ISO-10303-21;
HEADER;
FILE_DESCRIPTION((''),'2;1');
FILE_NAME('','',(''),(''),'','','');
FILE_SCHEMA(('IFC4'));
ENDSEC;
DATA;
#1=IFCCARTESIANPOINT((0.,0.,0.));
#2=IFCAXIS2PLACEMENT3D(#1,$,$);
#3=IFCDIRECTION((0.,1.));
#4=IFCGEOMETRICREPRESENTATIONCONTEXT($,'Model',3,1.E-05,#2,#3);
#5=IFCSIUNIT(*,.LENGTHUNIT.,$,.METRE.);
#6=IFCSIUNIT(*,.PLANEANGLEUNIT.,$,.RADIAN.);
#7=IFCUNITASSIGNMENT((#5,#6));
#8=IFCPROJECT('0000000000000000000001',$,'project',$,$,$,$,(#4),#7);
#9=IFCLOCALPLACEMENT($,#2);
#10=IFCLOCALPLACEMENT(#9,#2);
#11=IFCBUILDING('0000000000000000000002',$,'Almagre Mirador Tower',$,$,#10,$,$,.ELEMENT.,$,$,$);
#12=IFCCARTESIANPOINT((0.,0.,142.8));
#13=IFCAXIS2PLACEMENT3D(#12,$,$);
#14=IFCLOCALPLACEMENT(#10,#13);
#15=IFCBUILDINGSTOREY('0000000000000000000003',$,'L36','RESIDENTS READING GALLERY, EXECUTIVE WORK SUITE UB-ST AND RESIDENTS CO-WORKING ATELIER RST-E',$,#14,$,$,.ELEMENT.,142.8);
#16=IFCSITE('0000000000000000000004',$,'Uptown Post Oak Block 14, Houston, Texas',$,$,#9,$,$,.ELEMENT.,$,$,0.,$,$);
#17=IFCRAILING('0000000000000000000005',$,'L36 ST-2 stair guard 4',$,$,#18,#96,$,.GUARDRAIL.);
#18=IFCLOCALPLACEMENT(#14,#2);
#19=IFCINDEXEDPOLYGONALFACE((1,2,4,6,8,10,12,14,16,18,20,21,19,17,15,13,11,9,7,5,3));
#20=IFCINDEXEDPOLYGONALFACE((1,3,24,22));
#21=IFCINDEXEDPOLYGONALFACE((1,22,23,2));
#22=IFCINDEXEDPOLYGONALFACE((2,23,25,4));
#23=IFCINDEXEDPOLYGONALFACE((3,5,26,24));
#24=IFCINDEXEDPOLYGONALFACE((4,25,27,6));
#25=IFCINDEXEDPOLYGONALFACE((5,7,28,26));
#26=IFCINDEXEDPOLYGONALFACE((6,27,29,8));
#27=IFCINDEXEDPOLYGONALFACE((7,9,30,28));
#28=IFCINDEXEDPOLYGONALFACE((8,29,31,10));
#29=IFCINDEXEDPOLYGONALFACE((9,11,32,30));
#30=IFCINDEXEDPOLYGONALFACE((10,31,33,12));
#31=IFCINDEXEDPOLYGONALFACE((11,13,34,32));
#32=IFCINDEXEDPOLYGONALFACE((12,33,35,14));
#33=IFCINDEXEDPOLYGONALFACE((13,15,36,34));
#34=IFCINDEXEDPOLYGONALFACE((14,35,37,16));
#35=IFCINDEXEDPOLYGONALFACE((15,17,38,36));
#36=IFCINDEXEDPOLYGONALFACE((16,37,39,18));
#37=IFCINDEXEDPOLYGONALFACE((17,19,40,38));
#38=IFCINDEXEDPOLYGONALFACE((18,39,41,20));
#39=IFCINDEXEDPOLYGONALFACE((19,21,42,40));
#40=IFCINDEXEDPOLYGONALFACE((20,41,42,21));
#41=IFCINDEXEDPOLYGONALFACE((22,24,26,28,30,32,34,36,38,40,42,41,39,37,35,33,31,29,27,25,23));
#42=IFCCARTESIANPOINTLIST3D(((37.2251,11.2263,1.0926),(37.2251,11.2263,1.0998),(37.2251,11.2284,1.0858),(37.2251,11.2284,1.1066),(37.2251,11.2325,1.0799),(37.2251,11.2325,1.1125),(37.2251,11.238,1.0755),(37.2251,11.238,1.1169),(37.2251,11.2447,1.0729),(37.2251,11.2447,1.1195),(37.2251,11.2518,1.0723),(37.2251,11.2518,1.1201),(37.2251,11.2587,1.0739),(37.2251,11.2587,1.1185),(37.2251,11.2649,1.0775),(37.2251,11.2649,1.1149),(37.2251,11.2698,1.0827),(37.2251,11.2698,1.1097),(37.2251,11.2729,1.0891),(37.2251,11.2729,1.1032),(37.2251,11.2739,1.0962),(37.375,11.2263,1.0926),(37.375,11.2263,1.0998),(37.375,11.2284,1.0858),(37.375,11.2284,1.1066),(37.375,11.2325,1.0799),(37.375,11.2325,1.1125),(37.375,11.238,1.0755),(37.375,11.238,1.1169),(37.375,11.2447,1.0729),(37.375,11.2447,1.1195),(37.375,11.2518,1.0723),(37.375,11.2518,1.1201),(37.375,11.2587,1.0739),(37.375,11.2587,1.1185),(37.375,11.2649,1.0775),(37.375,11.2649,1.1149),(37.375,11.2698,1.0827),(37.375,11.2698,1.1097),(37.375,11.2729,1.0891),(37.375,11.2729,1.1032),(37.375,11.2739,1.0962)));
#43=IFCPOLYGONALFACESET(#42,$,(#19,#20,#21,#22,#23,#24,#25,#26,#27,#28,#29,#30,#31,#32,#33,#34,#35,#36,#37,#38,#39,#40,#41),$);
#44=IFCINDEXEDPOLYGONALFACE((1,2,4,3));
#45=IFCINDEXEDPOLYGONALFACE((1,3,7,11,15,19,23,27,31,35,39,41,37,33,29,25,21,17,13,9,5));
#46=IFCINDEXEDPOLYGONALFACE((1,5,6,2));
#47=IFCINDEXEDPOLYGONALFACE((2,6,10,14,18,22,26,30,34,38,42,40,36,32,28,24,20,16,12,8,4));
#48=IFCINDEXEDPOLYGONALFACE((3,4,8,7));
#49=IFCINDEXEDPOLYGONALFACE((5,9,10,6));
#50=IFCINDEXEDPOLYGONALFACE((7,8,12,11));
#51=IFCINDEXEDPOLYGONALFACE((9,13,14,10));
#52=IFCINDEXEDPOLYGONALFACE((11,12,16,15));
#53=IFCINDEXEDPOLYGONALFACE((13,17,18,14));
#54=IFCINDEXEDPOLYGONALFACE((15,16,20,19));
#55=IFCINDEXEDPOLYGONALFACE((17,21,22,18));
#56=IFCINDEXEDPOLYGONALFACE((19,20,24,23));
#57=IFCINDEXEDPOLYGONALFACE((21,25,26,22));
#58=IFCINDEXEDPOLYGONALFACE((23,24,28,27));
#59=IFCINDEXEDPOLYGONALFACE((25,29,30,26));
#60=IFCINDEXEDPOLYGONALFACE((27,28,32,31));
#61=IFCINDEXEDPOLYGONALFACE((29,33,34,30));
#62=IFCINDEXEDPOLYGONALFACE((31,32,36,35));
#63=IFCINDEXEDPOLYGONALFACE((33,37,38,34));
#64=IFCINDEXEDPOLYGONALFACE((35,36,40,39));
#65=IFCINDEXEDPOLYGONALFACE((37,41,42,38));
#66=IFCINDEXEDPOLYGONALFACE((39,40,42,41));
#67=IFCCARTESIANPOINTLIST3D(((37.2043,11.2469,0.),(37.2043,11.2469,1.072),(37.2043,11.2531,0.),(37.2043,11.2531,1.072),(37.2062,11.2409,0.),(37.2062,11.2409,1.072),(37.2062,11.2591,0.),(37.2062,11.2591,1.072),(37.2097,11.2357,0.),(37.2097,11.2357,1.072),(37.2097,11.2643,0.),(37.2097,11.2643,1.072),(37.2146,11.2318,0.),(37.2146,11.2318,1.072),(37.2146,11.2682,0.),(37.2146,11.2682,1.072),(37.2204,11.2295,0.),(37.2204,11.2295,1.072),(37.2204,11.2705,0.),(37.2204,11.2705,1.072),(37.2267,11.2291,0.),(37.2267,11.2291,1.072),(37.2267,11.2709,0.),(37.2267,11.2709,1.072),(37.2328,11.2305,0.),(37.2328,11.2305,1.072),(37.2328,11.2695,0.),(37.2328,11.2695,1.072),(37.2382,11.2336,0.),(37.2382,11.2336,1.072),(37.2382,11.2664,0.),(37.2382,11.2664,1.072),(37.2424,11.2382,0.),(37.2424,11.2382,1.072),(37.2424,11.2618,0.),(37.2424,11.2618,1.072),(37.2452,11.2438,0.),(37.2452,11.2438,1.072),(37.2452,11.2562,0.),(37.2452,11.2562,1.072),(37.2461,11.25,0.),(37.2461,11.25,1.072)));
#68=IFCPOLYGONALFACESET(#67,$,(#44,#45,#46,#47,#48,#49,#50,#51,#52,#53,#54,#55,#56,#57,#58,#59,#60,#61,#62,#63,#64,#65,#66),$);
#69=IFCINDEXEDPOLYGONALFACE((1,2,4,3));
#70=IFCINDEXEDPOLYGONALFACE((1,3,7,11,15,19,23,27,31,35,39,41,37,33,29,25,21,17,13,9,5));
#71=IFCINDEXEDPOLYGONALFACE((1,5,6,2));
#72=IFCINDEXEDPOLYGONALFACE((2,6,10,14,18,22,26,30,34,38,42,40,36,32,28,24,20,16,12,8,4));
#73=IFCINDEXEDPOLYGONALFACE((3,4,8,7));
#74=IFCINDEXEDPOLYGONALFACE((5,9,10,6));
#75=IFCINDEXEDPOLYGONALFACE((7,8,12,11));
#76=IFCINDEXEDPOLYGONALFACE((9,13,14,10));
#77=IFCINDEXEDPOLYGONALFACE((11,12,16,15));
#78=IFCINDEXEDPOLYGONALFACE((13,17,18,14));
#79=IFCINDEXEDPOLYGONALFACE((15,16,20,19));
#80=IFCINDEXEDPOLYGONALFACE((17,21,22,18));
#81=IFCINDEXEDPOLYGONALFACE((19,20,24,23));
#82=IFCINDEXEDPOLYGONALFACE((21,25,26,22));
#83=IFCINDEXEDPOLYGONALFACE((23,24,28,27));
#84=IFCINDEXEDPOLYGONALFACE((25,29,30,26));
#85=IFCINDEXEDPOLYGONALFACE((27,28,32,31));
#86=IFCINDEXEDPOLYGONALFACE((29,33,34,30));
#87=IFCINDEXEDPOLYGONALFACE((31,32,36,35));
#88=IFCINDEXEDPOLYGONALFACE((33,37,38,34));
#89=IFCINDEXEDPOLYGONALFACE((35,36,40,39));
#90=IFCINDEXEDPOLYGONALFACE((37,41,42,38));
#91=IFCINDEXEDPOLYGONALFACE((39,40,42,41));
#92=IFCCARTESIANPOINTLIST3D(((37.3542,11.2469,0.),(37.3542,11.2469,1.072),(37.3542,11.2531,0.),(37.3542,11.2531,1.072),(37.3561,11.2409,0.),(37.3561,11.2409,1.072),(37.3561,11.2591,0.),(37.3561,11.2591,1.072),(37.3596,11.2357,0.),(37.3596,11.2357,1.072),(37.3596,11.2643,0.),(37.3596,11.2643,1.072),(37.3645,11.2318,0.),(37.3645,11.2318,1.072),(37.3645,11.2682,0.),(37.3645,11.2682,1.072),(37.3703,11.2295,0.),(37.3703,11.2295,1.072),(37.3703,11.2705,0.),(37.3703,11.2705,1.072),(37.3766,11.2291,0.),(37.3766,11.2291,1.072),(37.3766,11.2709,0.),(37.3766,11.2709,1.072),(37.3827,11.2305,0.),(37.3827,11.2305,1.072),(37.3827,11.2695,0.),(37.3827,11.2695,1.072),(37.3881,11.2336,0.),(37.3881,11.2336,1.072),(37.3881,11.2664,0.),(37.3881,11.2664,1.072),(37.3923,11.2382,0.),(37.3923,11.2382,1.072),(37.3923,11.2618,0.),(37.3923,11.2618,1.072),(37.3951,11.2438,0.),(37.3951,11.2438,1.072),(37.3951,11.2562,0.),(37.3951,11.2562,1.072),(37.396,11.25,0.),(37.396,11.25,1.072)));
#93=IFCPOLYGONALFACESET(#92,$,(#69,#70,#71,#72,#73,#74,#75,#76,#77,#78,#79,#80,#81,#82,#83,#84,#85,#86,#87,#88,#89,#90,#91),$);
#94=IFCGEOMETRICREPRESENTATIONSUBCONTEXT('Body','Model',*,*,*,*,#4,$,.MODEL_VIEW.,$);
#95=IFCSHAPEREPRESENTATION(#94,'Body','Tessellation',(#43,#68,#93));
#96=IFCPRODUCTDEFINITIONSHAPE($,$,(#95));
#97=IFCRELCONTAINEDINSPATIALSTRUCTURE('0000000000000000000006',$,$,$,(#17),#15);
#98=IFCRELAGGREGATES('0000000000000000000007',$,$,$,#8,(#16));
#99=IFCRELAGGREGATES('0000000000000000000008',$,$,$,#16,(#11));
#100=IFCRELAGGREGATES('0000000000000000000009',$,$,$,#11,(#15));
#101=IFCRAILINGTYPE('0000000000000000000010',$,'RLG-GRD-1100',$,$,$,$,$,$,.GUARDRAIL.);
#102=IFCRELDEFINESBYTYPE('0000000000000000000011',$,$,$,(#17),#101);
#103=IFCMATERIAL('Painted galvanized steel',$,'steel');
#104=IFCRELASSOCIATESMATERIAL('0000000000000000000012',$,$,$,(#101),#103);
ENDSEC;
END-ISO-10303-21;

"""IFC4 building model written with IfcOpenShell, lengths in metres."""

from ifc_helpers import new_model, si_unit, direction, frame, origin, origin_2d, place, context, subcontext, project, spatial, circle, extrude, material, type_object, element, save


model = new_model("IFC4")

# Units and contexts
model_context = context("Model", 3, precision=1e-05, world=origin(), true_north=direction((0.0, 1.0)))
body_context = subcontext(model_context, "Body", "Model", "MODEL_VIEW")
ifc_project = project(units=[si_unit("LENGTHUNIT", "METRE"), si_unit("PLANEANGLEUNIT", "RADIAN")], contexts=[model_context])

# Site, building, storey
site_placement = place(None, origin())
site = spatial("IfcSite", under=ifc_project, at=site_placement, Name="Uptown Post Oak Block 14, Houston, Texas", CompositionType="ELEMENT", RefElevation=0.0)
building_placement = place(site_placement, origin())
building = spatial("IfcBuilding", under=site, at=building_placement, Name="Almagre Mirador Tower", CompositionType="ELEMENT")
storey_placement = place(building_placement, frame((0.0, 0.0, 142.8)))
storey = spatial("IfcBuildingStorey", under=building, at=storey_placement, Name="L36", Description="RESIDENTS READING GALLERY, EXECUTIVE WORK SUITE UB-ST AND RESIDENTS CO-WORKING ATELIER RST-E", CompositionType="ELEMENT", Elevation=142.8)

# Railing
ifc_material_1 = material(Name="Painted galvanized steel", Category="steel")
railing_type_1 = type_object("IfcRailingType", Name="RLG-GRD-1100", PredefinedType="GUARDRAIL", material=ifc_material_1)
railing_1_placement = place(storey_placement, frame((37.2251, 11.25, 0.0)))
element("IfcRailing", 1, at=railing_1_placement, inside=storey, type_object=railing_type_1, Name="L36 ST-2 stair guard 4", PredefinedType="GUARDRAIL", context=body_context, shape_type="SweptSolid", body=[
    extrude(circle(Radius=0.0239, at=origin_2d()), frame((0.0, 0.0, 1.0962), z_axis=(1.0, 0.0, 0.0), x_axis=(0.0, 1.0, 0.0)), (0.0, 0.0, 1.0), 0.1499),
    extrude(circle(Radius=0.021, at=origin_2d()), origin(), (0.0, 0.0, 1.0), 1.072),
    extrude(circle(Radius=0.021, at=origin_2d()), frame((0.1499, 0.0, 0.0)), (0.0, 0.0, 1.0), 1.072),
])

save(model, "model.ifc")
